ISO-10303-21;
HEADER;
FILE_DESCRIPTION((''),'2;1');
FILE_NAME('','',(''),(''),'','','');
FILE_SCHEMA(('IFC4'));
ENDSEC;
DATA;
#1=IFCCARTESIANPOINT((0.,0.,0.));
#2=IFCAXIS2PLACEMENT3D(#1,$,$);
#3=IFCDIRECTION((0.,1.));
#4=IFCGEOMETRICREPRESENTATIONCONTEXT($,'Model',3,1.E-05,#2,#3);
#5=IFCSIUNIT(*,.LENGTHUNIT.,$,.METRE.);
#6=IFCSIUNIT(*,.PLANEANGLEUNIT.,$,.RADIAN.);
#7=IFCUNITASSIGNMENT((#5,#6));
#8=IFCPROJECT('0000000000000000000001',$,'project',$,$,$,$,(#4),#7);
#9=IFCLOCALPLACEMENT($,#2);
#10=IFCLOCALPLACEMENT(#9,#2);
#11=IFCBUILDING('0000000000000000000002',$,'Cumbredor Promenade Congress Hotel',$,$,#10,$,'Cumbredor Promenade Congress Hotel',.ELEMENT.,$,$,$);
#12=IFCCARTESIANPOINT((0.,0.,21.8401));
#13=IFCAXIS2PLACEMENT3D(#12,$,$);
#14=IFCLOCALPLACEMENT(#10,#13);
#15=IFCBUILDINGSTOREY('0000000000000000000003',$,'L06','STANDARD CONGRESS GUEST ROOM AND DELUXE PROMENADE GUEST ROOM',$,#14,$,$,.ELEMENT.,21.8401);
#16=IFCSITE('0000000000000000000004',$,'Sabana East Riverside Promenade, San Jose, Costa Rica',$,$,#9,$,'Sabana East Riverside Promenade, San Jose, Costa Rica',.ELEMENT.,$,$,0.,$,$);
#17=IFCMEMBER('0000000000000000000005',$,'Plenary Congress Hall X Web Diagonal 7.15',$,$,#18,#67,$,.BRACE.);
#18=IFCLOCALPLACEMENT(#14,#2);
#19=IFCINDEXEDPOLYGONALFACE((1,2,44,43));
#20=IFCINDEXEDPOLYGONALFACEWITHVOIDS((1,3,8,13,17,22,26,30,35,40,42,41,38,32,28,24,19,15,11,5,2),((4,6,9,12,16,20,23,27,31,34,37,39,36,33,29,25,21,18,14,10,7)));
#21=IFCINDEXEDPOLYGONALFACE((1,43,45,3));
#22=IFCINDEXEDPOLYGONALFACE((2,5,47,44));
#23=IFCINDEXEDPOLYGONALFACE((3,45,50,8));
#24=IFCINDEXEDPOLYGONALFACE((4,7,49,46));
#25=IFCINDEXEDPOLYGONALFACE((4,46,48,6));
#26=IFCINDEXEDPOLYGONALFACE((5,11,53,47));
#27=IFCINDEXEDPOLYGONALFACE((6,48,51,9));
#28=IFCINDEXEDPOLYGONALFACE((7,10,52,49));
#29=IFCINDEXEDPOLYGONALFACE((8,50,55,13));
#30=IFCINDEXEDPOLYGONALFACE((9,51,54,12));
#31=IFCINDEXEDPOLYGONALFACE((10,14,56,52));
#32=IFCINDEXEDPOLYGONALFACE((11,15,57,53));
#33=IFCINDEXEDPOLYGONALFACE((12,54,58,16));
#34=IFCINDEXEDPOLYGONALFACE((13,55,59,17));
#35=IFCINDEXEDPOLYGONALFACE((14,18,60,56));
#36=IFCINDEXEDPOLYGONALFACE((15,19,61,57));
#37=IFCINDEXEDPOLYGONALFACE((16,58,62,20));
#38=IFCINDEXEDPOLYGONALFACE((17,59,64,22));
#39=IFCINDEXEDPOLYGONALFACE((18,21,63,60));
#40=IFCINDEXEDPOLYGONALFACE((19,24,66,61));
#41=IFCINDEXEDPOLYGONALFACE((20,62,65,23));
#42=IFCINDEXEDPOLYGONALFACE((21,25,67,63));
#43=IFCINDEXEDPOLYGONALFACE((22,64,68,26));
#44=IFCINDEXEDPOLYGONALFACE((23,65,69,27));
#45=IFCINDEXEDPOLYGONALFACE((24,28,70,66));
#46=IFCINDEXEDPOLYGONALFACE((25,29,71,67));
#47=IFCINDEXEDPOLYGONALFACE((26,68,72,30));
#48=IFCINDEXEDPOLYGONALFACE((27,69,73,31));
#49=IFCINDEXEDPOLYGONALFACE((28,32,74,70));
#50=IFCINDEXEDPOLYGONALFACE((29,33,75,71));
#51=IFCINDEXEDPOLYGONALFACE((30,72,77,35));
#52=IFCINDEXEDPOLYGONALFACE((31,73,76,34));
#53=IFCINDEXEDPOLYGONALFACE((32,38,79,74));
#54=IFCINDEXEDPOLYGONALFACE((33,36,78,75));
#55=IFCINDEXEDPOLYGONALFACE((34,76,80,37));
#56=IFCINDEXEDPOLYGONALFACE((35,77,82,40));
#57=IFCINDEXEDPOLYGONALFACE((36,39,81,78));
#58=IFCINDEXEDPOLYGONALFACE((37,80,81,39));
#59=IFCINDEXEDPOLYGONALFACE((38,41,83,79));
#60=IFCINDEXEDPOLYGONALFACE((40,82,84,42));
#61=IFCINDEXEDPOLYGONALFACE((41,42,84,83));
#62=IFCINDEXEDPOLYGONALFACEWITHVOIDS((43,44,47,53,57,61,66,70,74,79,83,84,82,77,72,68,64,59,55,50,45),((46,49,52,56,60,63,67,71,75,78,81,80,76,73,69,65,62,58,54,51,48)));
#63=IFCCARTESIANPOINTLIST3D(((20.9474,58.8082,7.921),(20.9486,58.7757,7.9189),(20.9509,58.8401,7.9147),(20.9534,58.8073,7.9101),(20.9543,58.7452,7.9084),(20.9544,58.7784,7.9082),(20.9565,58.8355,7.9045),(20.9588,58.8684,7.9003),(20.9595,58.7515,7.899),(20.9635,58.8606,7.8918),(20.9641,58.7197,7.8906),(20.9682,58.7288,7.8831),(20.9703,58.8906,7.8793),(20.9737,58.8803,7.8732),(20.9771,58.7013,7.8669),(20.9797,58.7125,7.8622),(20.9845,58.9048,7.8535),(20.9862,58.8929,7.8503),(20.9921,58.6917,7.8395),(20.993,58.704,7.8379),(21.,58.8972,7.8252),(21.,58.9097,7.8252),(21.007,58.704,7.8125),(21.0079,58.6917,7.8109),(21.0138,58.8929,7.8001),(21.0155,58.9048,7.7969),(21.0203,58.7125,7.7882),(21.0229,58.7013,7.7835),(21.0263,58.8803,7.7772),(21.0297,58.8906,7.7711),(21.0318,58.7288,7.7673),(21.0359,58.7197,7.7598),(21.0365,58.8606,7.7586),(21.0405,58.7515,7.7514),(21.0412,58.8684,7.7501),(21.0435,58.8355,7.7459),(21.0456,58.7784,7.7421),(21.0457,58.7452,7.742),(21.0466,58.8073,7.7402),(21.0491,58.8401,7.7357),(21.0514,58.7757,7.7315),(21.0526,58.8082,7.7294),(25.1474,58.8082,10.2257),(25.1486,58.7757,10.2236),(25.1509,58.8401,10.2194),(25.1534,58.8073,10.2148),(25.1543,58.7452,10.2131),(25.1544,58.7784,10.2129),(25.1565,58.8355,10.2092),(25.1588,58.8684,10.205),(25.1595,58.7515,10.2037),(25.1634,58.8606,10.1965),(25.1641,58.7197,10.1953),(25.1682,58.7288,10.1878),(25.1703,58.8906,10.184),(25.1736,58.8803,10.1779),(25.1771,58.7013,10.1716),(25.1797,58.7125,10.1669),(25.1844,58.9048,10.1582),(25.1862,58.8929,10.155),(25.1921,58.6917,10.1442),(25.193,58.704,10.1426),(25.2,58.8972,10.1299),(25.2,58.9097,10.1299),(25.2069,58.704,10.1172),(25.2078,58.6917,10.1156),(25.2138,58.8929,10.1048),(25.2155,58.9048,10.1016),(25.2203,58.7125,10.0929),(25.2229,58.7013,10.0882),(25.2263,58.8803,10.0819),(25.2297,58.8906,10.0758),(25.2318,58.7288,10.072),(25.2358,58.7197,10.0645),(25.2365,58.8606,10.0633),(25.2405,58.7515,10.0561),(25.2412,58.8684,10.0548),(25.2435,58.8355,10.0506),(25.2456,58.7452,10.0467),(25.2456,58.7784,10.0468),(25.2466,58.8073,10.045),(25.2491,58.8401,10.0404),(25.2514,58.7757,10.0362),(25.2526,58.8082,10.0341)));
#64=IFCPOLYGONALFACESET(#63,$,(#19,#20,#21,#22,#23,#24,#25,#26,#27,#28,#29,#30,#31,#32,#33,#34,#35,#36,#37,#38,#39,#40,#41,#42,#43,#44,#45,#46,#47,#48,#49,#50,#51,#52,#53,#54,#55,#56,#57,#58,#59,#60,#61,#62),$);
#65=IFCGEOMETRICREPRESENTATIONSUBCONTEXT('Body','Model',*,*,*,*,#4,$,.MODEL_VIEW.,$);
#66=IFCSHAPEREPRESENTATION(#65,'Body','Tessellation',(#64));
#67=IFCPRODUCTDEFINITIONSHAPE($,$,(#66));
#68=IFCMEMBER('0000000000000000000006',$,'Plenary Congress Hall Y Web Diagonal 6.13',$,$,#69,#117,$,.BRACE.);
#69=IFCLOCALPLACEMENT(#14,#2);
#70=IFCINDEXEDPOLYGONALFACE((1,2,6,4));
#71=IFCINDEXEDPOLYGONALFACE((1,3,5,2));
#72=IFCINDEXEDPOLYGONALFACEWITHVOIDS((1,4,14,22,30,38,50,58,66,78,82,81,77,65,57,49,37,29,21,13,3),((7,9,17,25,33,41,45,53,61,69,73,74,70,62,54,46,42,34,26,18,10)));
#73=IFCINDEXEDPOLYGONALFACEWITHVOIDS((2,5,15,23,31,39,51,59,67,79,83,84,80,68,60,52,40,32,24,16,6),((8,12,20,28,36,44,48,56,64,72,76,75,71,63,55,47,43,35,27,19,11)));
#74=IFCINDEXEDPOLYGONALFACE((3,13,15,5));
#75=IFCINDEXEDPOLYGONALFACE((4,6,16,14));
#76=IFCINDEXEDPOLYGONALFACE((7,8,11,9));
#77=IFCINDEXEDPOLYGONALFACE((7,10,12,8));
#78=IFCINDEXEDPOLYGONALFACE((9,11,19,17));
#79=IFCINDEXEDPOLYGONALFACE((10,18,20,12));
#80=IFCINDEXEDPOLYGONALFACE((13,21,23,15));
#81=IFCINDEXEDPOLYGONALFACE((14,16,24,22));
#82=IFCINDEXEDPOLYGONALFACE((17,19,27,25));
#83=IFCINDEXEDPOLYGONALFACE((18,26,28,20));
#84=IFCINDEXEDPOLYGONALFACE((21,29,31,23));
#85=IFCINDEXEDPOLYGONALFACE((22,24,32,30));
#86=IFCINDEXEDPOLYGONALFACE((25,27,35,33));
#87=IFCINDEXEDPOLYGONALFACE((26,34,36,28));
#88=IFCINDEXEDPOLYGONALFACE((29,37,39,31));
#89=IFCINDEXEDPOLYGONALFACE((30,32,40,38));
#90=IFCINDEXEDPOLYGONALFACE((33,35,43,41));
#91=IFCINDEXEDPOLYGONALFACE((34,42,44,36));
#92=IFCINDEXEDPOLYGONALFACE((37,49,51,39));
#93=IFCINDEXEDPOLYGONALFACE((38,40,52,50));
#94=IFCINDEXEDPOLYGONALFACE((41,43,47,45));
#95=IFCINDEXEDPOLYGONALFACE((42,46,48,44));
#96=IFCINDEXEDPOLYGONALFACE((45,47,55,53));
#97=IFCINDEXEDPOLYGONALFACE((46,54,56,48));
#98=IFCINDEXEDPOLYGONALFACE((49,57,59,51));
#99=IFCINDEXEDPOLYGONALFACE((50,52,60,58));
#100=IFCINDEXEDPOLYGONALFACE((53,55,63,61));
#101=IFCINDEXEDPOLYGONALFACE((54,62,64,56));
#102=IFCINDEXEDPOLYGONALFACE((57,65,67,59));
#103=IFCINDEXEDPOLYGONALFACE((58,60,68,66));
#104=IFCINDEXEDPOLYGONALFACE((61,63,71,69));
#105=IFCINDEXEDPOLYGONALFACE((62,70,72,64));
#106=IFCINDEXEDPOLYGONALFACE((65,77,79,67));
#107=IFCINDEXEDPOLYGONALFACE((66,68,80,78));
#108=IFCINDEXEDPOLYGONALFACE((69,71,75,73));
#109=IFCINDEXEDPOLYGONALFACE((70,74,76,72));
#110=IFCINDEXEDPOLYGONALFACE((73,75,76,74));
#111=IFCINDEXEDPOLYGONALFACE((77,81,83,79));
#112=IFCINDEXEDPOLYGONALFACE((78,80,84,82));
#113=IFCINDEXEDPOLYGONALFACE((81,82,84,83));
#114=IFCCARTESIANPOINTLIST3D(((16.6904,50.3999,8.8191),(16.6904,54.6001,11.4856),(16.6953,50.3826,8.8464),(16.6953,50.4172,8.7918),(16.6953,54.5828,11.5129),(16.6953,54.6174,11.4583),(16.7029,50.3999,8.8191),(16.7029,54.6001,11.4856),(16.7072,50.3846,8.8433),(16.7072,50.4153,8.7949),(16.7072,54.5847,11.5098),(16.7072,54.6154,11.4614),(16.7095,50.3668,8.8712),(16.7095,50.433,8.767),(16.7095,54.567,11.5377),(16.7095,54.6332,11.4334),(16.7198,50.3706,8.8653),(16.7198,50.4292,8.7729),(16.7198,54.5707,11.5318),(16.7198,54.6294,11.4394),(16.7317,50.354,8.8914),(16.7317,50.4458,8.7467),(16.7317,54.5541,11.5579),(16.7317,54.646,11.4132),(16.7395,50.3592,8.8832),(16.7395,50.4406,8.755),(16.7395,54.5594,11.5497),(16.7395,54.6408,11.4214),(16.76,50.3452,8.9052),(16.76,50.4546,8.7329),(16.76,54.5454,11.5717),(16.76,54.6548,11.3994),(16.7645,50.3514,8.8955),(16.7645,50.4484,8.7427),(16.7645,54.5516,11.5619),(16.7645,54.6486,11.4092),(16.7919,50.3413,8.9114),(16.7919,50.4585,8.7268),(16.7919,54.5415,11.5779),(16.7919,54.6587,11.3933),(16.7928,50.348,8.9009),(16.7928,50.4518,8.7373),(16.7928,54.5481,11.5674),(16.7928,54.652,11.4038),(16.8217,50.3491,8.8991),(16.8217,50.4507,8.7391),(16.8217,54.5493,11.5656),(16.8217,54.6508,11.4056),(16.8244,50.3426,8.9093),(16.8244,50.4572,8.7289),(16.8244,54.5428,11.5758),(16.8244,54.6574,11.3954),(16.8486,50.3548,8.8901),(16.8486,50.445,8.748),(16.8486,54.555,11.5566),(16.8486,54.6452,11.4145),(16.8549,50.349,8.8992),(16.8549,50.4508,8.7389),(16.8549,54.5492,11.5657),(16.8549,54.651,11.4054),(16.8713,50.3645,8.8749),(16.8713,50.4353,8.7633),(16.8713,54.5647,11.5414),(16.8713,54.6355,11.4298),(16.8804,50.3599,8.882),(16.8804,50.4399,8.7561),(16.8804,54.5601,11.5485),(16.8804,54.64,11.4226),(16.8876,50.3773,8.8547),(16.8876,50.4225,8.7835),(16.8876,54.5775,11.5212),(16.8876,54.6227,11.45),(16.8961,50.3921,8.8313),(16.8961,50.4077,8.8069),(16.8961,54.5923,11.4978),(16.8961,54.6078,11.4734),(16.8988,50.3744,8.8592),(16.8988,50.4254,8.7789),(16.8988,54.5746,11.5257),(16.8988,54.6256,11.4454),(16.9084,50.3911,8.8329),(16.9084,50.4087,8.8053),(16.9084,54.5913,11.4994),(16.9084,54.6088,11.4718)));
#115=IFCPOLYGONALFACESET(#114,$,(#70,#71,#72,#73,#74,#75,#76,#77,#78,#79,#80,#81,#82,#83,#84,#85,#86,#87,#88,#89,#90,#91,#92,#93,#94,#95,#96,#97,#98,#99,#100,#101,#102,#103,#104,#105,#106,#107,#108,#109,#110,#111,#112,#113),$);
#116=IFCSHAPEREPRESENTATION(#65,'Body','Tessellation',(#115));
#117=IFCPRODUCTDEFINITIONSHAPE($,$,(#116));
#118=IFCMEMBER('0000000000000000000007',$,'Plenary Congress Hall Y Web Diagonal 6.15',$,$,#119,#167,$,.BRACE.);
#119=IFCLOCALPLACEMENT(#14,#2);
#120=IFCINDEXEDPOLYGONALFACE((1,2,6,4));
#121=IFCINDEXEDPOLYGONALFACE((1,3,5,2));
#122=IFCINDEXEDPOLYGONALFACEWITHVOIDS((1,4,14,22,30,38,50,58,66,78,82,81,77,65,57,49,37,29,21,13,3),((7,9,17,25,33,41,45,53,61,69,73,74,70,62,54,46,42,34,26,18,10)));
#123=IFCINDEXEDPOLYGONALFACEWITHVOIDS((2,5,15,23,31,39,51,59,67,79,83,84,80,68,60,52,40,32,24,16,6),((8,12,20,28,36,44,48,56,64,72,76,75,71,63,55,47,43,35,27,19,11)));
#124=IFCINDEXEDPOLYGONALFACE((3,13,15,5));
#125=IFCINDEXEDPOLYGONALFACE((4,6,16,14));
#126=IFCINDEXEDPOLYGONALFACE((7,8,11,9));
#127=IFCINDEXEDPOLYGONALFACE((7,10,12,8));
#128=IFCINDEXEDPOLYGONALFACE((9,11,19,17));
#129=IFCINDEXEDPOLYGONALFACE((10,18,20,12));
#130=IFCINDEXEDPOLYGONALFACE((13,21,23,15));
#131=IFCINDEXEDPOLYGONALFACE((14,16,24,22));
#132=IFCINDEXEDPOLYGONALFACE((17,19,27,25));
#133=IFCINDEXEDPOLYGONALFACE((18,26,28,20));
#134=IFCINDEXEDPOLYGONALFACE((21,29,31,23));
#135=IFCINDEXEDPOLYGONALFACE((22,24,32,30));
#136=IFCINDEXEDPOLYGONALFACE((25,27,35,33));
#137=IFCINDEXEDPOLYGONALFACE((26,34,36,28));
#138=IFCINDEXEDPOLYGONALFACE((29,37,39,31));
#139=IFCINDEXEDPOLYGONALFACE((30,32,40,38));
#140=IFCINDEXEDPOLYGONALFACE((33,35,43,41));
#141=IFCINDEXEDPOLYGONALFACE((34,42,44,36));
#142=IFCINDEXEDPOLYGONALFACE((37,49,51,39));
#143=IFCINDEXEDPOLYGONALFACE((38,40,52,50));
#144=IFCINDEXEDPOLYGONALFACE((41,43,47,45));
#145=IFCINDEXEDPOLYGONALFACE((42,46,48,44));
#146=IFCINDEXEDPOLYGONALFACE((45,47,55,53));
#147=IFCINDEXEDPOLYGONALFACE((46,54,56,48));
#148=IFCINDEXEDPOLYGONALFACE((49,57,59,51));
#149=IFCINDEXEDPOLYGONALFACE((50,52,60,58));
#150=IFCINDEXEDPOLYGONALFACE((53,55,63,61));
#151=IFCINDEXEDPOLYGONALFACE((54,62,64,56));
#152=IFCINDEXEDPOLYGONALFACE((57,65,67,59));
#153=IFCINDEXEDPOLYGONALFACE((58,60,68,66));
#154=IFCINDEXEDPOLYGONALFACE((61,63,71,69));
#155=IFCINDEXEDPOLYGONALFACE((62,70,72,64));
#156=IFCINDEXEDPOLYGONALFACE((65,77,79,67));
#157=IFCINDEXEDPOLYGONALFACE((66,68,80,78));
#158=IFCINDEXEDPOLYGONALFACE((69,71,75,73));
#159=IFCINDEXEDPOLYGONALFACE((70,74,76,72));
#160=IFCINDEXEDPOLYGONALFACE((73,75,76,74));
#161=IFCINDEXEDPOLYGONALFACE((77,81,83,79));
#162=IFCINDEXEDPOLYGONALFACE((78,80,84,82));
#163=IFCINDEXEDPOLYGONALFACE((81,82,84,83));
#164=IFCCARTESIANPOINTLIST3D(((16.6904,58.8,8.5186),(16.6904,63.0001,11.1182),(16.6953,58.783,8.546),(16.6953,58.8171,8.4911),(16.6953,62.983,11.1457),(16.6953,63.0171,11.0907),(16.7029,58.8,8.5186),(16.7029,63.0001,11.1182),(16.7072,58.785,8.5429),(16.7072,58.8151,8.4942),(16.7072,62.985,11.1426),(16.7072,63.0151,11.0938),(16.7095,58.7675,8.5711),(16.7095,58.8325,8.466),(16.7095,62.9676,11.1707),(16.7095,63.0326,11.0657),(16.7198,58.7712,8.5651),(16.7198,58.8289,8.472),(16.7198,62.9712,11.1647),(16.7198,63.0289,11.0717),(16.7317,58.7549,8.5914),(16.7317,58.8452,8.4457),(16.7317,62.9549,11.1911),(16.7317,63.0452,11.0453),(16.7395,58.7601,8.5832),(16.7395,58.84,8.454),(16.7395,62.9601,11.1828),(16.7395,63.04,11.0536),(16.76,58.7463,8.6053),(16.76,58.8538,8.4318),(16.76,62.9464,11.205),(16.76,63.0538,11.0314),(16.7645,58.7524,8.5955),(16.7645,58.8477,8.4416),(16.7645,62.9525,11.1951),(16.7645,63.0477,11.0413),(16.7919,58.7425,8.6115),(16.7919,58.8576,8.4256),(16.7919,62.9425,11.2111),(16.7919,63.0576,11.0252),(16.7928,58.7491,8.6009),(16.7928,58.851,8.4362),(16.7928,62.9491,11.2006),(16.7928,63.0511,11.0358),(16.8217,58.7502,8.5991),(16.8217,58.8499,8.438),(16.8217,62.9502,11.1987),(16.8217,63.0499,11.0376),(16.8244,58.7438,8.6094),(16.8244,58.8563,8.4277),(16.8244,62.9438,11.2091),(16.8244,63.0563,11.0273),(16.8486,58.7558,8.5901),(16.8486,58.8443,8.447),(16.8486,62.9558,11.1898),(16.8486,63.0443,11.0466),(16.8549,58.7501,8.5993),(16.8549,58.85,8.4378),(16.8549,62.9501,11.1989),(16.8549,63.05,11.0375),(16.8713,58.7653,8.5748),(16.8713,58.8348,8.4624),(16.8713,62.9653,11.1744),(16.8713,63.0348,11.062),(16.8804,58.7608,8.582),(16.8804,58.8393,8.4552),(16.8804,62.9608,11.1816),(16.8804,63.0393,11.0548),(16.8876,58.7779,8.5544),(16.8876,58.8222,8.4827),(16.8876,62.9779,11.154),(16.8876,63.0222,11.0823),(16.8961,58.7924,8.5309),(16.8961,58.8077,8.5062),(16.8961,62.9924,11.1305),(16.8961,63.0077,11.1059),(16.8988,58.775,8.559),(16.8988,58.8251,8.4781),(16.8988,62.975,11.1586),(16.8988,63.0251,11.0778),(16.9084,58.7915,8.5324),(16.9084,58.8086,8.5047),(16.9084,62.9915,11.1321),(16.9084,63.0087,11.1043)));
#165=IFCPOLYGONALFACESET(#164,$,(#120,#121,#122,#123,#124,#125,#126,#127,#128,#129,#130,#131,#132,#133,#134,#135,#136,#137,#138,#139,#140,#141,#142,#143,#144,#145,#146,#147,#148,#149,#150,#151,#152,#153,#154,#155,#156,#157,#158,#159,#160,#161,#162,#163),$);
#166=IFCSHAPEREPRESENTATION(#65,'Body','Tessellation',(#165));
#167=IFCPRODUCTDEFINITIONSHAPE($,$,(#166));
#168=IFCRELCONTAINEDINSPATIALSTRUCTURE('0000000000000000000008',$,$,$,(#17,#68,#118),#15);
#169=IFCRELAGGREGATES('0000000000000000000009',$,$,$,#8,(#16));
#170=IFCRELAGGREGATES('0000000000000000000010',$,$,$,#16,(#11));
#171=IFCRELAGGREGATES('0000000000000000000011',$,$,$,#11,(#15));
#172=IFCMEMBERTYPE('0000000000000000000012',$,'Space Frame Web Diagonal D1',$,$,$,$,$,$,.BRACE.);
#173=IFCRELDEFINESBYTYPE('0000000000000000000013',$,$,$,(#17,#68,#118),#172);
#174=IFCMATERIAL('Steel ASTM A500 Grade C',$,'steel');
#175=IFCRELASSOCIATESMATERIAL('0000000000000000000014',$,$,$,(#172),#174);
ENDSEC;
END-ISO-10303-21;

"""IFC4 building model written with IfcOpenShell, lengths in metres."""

from ifc_helpers import new_model, si_unit, direction, frame, origin, origin_2d, place, context, subcontext, project, spatial, hollow_circle, extrude, material, material_profile, profile_set, type_object, element, save


model = new_model("IFC4")

# Units and contexts
model_context = context("Model", 3, precision=1e-05, world=origin(), true_north=direction((0.0, 1.0)))
body_context = subcontext(model_context, "Body", "Model", "MODEL_VIEW")
ifc_project = project(units=[si_unit("LENGTHUNIT", "METRE"), si_unit("PLANEANGLEUNIT", "RADIAN")], contexts=[model_context])

# Site, building, storey
site_placement = place(None, origin())
site = spatial("IfcSite", under=ifc_project, at=site_placement, Name="Sabana East Riverside Promenade, San Jose, Costa Rica", LongName="Sabana East Riverside Promenade, San Jose, Costa Rica", CompositionType="ELEMENT", RefElevation=0.0)
building_placement = place(site_placement, origin())
building = spatial("IfcBuilding", under=site, at=building_placement, Name="Cumbredor Promenade Congress Hotel", LongName="Cumbredor Promenade Congress Hotel", CompositionType="ELEMENT")
storey_placement = place(building_placement, frame((0.0, 0.0, 21.8401)))
storey = spatial("IfcBuildingStorey", under=building, at=storey_placement, Name="L06", Description="STANDARD CONGRESS GUEST ROOM AND DELUXE PROMENADE GUEST ROOM", CompositionType="ELEMENT", Elevation=21.8401)

# Members
ifc_material_1 = material(Name="Steel ASTM A500 Grade C", Category="steel")
ifc_material_profile_1 = material_profile(ifc_material_1, hollow_circle(Radius=0.1096, WallThickness=0.0125, at=origin_2d()), Name="CHS 219.1x12.5")
ifc_profile_set_1 = profile_set([ifc_material_profile_1], Name="Steel ASTM A500 Grade C")
member_type_1 = type_object("IfcMemberType", Name="Space Frame Web Diagonal D1", PredefinedType="BRACE", material=ifc_profile_set_1)
member_1_placement = place(storey_placement, frame((21.0, 58.8, 7.8252), z_axis=(0.876681, 0.0, 0.481071), x_axis=(0.0, 1.0, 0.0)))
element("IfcMember", 1, at=member_1_placement, inside=storey, type_object=member_type_1, Name="Plenary Congress Hall X Web Diagonal 7.15", PredefinedType="BRACE", context=body_context, shape_type="SweptSolid", body=[
    extrude(hollow_circle(Radius=0.1096, WallThickness=0.0125, at=origin_2d()), origin(), (0.0, 0.0, 1.0), 4.7908),
])
member_2_placement = place(storey_placement, frame((16.8, 50.3999, 8.8191), z_axis=(0.0, 0.844239, 0.535967), x_axis=(-1.0, 0.0, 0.0)))
element("IfcMember", 2, at=member_2_placement, inside=storey, type_object=member_type_1, Name="Plenary Congress Hall Y Web Diagonal 6.13", PredefinedType="BRACE", context=body_context, shape_type="SweptSolid", body=[
    extrude(hollow_circle(Radius=0.1096, WallThickness=0.0125, at=origin_2d()), origin(), (0.0, 0.0, 1.0), 4.9751),
])
member_3_placement = place(storey_placement, frame((16.8, 58.8, 8.5186), z_axis=(0.0, 0.850298, 0.526302), x_axis=(-1.0, 0.0, 0.0)))
element("IfcMember", 3, at=member_3_placement, inside=storey, type_object=member_type_1, Name="Plenary Congress Hall Y Web Diagonal 6.15", PredefinedType="BRACE", context=body_context, shape_type="SweptSolid", body=[
    extrude(hollow_circle(Radius=0.1096, WallThickness=0.0125, at=origin_2d()), origin(), (0.0, 0.0, 1.0), 4.9395),
])

save(model, "model.ifc")
